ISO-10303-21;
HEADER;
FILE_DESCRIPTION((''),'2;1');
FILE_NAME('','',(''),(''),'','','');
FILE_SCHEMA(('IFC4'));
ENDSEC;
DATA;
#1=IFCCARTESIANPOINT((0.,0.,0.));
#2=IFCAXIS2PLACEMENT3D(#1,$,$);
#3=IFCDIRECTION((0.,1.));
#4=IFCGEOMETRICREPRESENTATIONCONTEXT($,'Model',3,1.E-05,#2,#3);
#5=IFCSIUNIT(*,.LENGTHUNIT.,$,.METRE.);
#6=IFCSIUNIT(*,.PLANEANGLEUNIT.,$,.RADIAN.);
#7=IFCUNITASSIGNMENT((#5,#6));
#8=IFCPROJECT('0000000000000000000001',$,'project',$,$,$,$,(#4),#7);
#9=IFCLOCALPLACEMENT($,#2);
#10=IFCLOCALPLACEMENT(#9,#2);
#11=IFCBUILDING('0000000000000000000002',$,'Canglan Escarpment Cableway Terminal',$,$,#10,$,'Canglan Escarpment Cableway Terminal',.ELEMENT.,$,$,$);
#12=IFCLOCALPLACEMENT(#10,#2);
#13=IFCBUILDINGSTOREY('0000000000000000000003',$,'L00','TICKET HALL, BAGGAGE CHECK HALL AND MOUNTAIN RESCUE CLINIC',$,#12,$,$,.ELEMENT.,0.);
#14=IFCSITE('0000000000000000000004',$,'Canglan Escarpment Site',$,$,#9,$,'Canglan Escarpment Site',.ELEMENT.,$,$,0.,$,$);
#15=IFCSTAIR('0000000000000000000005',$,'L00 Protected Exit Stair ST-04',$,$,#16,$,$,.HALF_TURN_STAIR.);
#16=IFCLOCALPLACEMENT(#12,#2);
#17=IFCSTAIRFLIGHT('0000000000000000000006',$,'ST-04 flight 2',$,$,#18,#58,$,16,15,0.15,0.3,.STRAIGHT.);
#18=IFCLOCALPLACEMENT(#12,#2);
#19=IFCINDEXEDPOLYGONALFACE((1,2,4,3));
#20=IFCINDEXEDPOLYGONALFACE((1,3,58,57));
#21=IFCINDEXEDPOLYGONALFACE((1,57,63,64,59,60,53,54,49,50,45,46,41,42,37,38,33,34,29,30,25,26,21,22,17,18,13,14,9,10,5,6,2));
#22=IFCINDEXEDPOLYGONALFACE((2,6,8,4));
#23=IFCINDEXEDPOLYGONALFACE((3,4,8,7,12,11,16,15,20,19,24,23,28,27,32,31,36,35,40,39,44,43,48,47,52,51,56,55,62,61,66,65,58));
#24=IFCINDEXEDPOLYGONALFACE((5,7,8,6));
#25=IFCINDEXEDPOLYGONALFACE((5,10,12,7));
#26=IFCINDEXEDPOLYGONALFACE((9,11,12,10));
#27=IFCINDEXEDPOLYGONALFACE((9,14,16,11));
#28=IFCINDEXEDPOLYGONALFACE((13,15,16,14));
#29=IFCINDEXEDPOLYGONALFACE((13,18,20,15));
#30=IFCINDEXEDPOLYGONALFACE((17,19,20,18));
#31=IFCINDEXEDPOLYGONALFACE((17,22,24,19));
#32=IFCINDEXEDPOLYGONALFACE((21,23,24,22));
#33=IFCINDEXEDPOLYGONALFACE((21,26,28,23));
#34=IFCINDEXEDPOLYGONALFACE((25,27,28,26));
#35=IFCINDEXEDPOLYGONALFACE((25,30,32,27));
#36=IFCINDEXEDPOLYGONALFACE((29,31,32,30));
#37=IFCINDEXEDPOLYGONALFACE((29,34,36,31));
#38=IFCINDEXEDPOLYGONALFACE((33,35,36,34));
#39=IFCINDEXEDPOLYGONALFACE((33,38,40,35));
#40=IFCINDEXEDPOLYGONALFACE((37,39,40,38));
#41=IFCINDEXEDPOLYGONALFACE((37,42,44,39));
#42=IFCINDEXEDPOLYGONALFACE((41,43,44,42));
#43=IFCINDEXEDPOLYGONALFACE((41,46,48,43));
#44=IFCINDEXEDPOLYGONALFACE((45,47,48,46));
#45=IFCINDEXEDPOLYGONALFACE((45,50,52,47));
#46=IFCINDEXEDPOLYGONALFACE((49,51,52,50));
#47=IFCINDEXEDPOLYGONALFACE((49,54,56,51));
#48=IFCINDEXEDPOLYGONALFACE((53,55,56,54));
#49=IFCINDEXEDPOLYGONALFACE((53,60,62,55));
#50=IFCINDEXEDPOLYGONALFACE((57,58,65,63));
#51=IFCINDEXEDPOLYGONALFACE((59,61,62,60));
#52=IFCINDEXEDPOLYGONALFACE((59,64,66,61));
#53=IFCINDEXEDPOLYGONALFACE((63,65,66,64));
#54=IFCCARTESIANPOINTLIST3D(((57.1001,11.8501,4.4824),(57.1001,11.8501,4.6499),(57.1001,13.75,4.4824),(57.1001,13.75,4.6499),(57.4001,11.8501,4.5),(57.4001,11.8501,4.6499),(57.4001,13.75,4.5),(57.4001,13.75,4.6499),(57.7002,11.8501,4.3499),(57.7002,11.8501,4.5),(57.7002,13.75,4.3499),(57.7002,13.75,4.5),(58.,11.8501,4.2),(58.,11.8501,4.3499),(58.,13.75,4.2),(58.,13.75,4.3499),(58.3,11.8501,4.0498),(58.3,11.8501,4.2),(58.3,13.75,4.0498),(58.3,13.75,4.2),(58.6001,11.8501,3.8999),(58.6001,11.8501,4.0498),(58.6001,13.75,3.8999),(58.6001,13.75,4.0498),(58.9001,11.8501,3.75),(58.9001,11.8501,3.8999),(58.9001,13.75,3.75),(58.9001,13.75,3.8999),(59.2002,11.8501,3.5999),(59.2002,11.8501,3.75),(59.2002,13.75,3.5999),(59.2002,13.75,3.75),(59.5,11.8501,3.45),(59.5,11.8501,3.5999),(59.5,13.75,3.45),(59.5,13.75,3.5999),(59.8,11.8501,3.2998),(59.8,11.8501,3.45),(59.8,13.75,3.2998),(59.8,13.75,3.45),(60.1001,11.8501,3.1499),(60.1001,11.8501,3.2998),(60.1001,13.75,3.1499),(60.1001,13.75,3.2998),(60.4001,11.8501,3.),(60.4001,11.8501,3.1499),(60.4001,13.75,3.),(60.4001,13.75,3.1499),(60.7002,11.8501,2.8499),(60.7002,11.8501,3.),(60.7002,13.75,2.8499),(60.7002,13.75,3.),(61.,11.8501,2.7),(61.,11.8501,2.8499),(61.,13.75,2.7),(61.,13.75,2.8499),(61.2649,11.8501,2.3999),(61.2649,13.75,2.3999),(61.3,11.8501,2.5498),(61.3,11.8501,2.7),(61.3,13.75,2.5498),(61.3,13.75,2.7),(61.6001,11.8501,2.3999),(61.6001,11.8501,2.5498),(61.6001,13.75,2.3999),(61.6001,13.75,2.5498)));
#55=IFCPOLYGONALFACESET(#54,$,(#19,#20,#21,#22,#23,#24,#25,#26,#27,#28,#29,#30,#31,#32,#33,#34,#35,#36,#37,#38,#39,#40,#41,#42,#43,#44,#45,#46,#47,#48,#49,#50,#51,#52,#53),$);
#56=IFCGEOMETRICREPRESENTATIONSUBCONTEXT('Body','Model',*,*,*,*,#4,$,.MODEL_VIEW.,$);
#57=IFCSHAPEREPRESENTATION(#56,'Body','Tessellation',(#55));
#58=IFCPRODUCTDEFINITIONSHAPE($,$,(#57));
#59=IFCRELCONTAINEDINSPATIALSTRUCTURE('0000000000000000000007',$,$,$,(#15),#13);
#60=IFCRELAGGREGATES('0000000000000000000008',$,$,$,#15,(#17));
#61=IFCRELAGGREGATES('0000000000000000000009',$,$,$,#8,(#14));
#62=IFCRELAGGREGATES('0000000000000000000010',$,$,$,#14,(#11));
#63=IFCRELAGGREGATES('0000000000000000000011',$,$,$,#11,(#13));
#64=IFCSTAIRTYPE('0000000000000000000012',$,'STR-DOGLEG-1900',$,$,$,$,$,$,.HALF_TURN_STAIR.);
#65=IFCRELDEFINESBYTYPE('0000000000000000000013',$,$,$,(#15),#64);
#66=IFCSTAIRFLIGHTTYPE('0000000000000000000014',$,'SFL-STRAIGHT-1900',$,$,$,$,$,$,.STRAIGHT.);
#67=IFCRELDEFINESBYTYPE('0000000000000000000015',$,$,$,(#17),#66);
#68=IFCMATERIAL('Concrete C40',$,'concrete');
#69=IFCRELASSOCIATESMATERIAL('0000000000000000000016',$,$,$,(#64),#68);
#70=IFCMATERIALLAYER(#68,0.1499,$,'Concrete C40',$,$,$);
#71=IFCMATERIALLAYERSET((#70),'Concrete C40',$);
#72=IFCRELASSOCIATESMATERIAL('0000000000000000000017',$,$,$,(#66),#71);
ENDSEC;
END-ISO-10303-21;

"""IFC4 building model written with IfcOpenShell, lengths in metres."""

from ifc_helpers import new_model, si_unit, direction, frame, origin, place, context, subcontext, project, spatial, polyline, outline, extrude, material, layer, layer_set, type_object, element, aggregate, save


model = new_model("IFC4")

# Units and contexts
model_context = context("Model", 3, precision=1e-05, world=origin(), true_north=direction((0.0, 1.0)))
body_context = subcontext(model_context, "Body", "Model", "MODEL_VIEW")
ifc_project = project(units=[si_unit("LENGTHUNIT", "METRE"), si_unit("PLANEANGLEUNIT", "RADIAN")], contexts=[model_context])

# Site, building, storey
site_placement = place(None, origin())
site = spatial("IfcSite", under=ifc_project, at=site_placement, Name="Canglan Escarpment Site", LongName="Canglan Escarpment Site", CompositionType="ELEMENT", RefElevation=0.0)
building_placement = place(site_placement, origin())
building = spatial("IfcBuilding", under=site, at=building_placement, Name="Canglan Escarpment Cableway Terminal", LongName="Canglan Escarpment Cableway Terminal", CompositionType="ELEMENT")
storey_placement = place(building_placement, origin())
storey = spatial("IfcBuildingStorey", under=building, at=storey_placement, Name="L00", Description="TICKET HALL, BAGGAGE CHECK HALL AND MOUNTAIN RESCUE CLINIC", CompositionType="ELEMENT", Elevation=0.0)

# Shared definitions
ifc_material_1 = material(Name="Concrete C40", Category="concrete")

# Stair, stair flight
stair_type = type_object("IfcStairType", Name="STR-DOGLEG-1900", PredefinedType="HALF_TURN_STAIR", material=ifc_material_1)
stair_placement = place(storey_placement, origin())
stair = element("IfcStair", 1, at=stair_placement, inside=storey, type_object=stair_type, Name="L00 Protected Exit Stair ST-04", PredefinedType="HALF_TURN_STAIR")
ifc_layer_1 = layer(ifc_material_1, 0.1499, Name="Concrete C40")
ifc_layer_set_1 = layer_set([ifc_layer_1], Name="Concrete C40")
stair_flight_type = type_object("IfcStairFlightType", Name="SFL-STRAIGHT-1900", PredefinedType="STRAIGHT", material=ifc_layer_set_1)
stair_flight_1_placement = place(storey_placement, frame((61.6001, 12.8, 2.3999), z_axis=(0.0, 0.0, 1.0), x_axis=(-1.0, 0.0, 0.0)))
stair_flight_1 = element("IfcStairFlight", 2, at=stair_flight_1_placement, type_object=stair_flight_type, Name="ST-04 flight 2", NumberOfRisers=16, NumberOfTreads=15, PredefinedType="STRAIGHT", RiserHeight=0.15, TreadLength=0.3, context=body_context, shape_type="SweptSolid", body=[
    extrude(outline(polyline([(0.0, 0.0), (0.0, 0.1499), (0.3, 0.1499), (0.3, 0.3), (0.6001, 0.3), (0.6001, 0.45), (0.8999, 0.45), (0.8999, 0.6001), (1.2, 0.6001), (1.2, 0.75), (1.5, 0.75), (1.5, 0.8999), (1.8, 0.8999), (1.8, 1.05), (2.1001, 1.05), (2.1001, 1.2), (2.3999, 1.2), (2.3999, 1.3501), (2.7, 1.3501), (2.7, 1.5), (3.0, 1.5), (3.0, 1.6499), (3.3, 1.6499), (3.3, 1.8), (3.6001, 1.8), (3.6001, 1.95), (3.8999, 1.95), (3.8999, 2.1001), (4.2, 2.1001), (4.2, 2.25), (4.5, 2.25), (4.5, 2.3999), (4.5, 2.0825), (0.3352, 0.0), (0.0, 0.0)])), frame((0.0, 0.95, 0.0), z_axis=(0.0, -1.0, 0.0), x_axis=(1.0, 0.0, 0.0)), (0.0, 0.0, 1.0), 1.8999),
])
aggregate(stair, [stair_flight_1])

save(model, "model.ifc")
